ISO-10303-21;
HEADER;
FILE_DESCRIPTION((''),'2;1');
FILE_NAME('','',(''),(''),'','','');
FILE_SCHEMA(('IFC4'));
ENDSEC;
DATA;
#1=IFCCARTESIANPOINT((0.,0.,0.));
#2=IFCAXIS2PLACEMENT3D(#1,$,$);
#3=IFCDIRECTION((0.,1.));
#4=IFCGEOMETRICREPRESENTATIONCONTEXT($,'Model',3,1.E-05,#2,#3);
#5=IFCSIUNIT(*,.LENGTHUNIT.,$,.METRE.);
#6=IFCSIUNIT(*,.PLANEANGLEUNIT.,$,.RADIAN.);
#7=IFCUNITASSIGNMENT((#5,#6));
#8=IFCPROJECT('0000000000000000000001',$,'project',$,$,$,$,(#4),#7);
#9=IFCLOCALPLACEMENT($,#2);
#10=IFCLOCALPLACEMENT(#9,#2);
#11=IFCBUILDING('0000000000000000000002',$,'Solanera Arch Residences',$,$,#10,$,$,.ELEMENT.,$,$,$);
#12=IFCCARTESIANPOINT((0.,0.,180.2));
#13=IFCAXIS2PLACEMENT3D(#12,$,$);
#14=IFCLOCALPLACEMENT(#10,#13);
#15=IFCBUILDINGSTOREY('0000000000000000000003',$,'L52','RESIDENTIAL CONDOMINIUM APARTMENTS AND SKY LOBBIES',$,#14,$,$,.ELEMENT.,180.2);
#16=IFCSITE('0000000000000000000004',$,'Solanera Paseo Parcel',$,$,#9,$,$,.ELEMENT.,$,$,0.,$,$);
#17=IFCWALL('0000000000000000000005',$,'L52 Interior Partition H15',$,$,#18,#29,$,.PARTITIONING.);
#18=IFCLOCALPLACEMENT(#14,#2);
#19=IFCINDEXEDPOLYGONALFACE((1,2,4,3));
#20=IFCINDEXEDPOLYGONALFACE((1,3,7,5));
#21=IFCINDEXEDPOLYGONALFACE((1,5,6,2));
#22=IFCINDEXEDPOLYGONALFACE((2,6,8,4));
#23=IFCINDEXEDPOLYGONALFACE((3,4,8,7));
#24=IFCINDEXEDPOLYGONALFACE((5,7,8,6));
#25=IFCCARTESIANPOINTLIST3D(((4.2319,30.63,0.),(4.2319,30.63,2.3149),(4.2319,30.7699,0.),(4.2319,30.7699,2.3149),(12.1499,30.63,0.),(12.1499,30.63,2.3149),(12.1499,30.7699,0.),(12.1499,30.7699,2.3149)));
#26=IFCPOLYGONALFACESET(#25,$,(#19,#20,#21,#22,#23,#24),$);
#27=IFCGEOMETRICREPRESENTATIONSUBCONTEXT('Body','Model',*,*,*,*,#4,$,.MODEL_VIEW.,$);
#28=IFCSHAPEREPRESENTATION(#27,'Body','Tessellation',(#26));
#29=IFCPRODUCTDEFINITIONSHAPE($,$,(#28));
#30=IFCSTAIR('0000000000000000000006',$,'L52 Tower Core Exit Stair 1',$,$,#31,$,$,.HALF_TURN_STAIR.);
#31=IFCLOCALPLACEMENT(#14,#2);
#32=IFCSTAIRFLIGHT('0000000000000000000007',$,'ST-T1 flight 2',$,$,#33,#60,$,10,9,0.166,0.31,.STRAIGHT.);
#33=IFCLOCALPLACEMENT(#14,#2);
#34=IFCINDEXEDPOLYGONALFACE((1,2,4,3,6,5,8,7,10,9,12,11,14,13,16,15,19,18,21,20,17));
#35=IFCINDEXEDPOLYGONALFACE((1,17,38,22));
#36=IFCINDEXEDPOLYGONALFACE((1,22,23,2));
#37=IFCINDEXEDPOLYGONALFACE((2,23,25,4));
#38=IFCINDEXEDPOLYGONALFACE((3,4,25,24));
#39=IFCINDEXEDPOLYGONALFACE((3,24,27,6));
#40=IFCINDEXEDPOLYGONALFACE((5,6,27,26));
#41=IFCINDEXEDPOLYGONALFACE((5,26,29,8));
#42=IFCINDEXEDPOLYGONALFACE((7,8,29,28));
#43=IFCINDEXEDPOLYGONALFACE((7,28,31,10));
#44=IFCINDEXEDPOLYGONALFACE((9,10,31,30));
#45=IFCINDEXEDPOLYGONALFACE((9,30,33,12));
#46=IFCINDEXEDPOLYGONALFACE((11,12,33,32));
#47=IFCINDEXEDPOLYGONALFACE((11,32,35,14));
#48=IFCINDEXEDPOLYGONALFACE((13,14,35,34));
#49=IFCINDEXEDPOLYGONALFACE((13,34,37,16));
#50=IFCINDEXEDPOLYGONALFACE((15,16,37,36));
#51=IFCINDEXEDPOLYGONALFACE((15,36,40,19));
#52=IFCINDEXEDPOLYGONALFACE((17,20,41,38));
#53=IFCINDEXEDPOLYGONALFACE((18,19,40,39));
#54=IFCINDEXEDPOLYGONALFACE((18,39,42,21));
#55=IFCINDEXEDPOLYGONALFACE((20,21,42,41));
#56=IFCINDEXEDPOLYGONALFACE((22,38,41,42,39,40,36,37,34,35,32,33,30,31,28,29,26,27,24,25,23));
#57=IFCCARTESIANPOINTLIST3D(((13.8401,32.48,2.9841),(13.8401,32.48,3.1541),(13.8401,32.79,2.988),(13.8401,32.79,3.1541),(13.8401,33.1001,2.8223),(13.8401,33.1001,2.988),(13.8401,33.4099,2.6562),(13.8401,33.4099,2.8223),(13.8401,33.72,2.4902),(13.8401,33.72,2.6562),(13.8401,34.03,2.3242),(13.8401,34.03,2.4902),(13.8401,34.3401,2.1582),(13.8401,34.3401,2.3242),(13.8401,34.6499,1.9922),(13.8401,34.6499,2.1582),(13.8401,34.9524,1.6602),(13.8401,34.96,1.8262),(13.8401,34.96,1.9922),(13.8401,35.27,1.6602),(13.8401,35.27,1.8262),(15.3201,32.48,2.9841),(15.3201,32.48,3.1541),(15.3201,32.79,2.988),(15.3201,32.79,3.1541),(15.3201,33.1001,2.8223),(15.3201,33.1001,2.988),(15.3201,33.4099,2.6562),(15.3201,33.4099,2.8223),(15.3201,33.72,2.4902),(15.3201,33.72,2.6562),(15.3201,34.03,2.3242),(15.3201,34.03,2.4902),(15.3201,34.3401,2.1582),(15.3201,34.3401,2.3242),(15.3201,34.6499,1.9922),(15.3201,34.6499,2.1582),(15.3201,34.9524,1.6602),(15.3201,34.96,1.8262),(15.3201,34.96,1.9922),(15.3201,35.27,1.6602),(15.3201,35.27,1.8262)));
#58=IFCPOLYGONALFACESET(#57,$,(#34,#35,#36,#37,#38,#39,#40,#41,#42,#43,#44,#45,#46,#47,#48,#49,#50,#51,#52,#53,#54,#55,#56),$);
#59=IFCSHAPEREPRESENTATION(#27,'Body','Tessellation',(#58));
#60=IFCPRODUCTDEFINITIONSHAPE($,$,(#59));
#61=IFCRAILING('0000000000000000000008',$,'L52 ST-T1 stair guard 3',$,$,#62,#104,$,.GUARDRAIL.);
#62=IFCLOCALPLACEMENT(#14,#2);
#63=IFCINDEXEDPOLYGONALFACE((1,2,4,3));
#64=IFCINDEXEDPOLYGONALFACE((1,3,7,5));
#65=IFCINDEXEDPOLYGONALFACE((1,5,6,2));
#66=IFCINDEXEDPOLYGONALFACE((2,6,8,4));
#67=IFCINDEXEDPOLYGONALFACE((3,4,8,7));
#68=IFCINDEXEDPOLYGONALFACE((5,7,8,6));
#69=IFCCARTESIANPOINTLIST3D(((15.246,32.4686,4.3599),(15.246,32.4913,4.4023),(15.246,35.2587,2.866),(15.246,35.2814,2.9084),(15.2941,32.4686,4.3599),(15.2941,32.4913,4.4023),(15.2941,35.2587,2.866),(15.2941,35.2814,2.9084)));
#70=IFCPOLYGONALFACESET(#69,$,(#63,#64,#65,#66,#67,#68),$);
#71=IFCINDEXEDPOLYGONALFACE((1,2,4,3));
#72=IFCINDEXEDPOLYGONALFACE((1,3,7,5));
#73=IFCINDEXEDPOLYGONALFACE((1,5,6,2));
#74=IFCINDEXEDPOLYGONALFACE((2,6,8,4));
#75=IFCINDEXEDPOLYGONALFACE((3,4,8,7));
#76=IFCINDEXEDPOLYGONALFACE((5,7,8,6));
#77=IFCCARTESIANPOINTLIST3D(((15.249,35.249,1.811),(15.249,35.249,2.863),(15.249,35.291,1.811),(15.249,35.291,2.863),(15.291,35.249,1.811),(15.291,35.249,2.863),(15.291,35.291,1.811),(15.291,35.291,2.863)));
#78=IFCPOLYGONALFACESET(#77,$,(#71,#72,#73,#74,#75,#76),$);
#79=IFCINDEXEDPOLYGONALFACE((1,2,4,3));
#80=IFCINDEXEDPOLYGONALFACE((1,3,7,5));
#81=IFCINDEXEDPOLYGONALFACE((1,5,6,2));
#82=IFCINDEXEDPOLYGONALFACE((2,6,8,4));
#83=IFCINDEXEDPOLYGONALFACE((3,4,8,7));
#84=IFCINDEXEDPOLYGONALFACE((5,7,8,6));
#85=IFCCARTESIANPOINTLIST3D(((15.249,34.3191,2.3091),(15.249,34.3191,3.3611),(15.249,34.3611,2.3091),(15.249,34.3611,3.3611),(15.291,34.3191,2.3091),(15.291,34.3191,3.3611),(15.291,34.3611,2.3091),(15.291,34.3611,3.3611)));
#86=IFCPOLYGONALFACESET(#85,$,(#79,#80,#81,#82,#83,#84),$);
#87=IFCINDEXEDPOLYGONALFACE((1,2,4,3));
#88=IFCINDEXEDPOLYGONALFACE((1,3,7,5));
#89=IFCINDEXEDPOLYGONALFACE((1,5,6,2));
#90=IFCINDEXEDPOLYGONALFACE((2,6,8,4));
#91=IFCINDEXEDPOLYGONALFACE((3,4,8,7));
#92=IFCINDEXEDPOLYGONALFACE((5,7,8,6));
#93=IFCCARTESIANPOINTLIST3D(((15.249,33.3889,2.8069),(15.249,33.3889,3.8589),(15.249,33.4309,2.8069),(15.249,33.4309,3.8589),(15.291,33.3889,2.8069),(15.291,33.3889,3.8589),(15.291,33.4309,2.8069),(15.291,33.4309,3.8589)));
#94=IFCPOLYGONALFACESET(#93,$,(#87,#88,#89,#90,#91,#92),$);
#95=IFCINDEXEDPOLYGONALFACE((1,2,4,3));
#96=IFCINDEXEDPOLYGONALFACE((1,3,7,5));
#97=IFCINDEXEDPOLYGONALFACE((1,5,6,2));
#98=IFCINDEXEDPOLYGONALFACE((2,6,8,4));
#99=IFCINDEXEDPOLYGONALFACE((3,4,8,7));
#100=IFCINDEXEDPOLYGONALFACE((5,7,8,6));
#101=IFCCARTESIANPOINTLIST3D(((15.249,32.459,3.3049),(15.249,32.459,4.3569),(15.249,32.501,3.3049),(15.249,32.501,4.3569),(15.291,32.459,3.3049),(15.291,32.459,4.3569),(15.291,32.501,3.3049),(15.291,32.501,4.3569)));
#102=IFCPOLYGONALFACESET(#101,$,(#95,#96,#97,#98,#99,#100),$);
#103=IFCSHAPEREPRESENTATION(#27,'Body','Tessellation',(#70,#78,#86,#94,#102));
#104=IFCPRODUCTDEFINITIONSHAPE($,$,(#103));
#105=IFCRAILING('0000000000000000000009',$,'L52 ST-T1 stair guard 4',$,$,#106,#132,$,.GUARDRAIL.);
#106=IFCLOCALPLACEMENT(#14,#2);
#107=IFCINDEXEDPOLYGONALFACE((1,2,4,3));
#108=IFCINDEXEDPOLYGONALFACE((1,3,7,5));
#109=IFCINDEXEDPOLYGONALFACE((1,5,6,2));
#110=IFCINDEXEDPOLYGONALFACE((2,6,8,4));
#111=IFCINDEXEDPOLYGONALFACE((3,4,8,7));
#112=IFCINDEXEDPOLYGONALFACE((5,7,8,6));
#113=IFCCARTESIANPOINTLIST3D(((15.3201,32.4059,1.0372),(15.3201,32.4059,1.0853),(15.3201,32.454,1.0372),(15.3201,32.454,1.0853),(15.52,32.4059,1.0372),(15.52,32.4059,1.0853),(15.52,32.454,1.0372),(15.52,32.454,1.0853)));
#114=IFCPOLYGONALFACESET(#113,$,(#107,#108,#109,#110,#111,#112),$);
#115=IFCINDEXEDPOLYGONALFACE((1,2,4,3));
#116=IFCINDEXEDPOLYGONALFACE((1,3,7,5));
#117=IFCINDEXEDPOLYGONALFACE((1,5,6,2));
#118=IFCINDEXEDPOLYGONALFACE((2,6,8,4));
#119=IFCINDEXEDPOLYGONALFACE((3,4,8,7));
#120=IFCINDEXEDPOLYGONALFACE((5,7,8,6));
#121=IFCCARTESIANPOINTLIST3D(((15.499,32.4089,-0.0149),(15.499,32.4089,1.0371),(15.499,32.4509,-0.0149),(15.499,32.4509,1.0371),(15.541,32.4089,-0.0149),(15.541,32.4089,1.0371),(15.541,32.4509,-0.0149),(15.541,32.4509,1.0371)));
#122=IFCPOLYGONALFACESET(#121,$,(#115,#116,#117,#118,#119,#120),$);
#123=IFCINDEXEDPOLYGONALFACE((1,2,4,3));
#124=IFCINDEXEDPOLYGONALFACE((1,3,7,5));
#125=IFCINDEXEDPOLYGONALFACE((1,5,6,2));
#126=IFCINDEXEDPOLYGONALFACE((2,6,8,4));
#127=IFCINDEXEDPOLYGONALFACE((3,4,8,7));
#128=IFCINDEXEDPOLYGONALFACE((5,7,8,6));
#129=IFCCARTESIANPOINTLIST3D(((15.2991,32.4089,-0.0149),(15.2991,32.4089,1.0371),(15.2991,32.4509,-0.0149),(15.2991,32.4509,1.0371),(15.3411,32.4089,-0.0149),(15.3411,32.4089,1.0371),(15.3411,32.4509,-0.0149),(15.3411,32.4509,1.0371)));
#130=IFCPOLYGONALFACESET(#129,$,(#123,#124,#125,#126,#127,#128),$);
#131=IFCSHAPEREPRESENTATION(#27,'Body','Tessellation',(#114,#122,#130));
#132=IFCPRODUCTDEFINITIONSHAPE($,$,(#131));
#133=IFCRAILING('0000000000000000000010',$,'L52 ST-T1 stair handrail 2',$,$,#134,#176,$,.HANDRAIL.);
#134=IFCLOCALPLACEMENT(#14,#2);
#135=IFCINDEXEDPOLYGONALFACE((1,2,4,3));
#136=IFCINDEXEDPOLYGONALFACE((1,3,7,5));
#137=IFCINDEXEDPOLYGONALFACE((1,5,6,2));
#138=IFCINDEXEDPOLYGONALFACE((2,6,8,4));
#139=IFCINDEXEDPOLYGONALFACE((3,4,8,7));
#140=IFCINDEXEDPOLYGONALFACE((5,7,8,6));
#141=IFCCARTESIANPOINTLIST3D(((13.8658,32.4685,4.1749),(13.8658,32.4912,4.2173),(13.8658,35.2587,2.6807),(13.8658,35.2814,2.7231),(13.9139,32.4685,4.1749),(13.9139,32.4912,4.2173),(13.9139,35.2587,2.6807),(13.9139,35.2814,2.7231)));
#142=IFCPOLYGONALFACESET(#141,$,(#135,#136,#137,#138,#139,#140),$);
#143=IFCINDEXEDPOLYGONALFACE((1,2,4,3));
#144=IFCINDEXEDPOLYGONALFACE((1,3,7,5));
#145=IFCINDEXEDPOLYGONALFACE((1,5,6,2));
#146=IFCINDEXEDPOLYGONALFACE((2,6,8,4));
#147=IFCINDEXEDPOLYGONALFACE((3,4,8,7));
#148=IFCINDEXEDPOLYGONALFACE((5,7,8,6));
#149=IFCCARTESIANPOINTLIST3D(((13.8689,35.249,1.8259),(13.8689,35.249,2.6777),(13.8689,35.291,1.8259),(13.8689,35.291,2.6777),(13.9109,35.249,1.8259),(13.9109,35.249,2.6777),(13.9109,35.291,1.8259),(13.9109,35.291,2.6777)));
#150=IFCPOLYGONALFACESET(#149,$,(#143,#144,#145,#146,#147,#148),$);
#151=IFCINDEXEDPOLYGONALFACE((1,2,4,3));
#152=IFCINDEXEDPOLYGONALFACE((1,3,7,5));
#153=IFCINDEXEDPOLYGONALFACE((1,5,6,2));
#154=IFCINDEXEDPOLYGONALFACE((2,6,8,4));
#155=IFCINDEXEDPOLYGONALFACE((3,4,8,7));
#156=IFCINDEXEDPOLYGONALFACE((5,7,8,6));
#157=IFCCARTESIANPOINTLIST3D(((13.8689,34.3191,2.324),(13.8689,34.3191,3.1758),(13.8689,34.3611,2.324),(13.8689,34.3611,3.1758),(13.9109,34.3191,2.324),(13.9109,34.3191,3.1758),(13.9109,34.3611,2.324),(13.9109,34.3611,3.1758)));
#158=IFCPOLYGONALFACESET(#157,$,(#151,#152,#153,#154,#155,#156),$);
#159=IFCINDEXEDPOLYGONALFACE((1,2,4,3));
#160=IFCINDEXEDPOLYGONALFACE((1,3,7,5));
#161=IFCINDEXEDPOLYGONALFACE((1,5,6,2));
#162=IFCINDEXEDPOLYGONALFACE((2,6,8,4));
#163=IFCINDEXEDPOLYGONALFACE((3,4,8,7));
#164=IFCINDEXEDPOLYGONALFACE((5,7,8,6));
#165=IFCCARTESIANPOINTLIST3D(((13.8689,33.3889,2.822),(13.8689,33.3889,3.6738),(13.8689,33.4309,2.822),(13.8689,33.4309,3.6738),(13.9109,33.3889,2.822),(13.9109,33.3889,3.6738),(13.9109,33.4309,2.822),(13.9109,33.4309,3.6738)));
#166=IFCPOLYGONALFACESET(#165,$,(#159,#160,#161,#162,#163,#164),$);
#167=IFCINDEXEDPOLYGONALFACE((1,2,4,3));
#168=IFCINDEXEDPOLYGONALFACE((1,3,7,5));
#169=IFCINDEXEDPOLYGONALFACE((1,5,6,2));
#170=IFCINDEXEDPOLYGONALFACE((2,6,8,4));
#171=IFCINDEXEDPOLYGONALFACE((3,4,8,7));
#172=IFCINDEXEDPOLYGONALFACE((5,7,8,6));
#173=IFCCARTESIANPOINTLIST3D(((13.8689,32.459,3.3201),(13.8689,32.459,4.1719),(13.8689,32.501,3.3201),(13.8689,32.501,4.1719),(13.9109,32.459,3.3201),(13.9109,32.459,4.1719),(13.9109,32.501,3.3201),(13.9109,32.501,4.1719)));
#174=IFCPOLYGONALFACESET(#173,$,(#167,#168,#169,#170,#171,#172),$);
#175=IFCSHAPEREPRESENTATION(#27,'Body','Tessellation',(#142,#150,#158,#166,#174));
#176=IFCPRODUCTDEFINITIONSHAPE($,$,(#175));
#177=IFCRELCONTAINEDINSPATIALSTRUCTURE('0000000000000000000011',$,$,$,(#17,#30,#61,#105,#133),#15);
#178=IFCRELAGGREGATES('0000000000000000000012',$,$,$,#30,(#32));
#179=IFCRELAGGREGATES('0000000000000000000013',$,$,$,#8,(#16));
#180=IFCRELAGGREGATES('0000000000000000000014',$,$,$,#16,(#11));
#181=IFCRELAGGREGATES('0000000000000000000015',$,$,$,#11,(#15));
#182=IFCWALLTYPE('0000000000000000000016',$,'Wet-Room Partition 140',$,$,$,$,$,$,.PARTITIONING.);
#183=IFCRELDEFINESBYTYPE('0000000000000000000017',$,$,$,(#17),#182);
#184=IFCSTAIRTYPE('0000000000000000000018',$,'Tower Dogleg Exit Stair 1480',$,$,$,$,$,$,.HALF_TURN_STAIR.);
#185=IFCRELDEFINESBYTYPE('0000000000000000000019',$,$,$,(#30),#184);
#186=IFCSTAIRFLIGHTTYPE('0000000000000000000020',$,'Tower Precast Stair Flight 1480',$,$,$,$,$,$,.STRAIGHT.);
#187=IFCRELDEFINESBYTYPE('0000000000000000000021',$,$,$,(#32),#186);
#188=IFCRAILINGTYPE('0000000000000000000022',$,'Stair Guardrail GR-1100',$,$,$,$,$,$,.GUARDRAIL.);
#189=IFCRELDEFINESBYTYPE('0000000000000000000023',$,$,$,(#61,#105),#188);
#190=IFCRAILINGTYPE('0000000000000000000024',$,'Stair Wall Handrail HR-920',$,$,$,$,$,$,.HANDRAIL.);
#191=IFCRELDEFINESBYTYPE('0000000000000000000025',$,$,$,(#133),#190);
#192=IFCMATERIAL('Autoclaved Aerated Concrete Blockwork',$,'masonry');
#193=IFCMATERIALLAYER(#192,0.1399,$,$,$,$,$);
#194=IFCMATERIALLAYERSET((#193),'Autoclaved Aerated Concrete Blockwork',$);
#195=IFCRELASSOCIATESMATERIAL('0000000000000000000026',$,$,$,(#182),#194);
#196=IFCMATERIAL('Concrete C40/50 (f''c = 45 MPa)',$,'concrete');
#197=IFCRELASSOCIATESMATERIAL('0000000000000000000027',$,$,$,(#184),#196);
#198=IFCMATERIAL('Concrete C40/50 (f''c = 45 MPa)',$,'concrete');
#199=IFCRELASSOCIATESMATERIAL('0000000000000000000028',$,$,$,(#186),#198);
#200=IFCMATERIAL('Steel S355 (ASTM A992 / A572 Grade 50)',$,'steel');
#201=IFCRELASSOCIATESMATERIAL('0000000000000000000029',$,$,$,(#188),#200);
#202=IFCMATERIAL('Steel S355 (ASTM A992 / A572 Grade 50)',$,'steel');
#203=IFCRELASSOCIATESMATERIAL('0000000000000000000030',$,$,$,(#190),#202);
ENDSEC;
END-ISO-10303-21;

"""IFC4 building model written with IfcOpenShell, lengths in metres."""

from ifc_helpers import new_model, si_unit, direction, frame, frame_2d, origin, origin_2d, place, context, subcontext, project, spatial, polyline, rectangle, outline, extrude, material, layer, layer_set, type_object, element, aggregate, save


model = new_model("IFC4")

# Units and contexts
model_context = context("Model", 3, precision=1e-05, world=origin(), true_north=direction((0.0, 1.0)))
body_context = subcontext(model_context, "Body", "Model", "MODEL_VIEW")
ifc_project = project(units=[si_unit("LENGTHUNIT", "METRE"), si_unit("PLANEANGLEUNIT", "RADIAN")], contexts=[model_context])

# Site, building, storey
site_placement = place(None, origin())
site = spatial("IfcSite", under=ifc_project, at=site_placement, Name="Solanera Paseo Parcel", CompositionType="ELEMENT", RefElevation=0.0)
building_placement = place(site_placement, origin())
building = spatial("IfcBuilding", under=site, at=building_placement, Name="Solanera Arch Residences", CompositionType="ELEMENT")
storey_placement = place(building_placement, frame((0.0, 0.0, 180.2)))
storey = spatial("IfcBuildingStorey", under=building, at=storey_placement, Name="L52", Description="RESIDENTIAL CONDOMINIUM APARTMENTS AND SKY LOBBIES", CompositionType="ELEMENT", Elevation=180.2)

# Wall
ifc_material_1 = material(Name="Autoclaved Aerated Concrete Blockwork", Category="masonry")
ifc_layer_1 = layer(ifc_material_1, 0.1399)
ifc_layer_set_1 = layer_set([ifc_layer_1], Name="Autoclaved Aerated Concrete Blockwork")
wall_type_1 = type_object("IfcWallType", Name="Wet-Room Partition 140", PredefinedType="PARTITIONING", material=ifc_layer_set_1)
wall_1_placement = place(storey_placement, frame((4.2319, 30.7, 0.0), z_axis=(0.0, 0.0, 1.0), x_axis=(1.0, 0.0, 0.0)))
element("IfcWall", 1, at=wall_1_placement, inside=storey, type_object=wall_type_1, Name="L52 Interior Partition H15", PredefinedType="PARTITIONING", context=body_context, shape_type="SweptSolid", body=[
    extrude(rectangle(XDim=7.918, YDim=0.1399, at=frame_2d((3.959, 0.0))), origin(), (0.0, 0.0, 1.0), 2.3149),
])

# Stair, stair flight
ifc_material_2 = material(Name="Concrete C40/50 (f'c = 45 MPa)", Category="concrete")
stair_type = type_object("IfcStairType", Name="Tower Dogleg Exit Stair 1480", PredefinedType="HALF_TURN_STAIR", material=ifc_material_2)
stair_placement = place(storey_placement, origin())
stair = element("IfcStair", 2, at=stair_placement, inside=storey, type_object=stair_type, Name="L52 Tower Core Exit Stair 1", PredefinedType="HALF_TURN_STAIR")
ifc_material_3 = material(Name="Concrete C40/50 (f'c = 45 MPa)", Category="concrete")
stair_flight_type = type_object("IfcStairFlightType", Name="Tower Precast Stair Flight 1480", PredefinedType="STRAIGHT", material=ifc_material_3)
stair_flight_placement = place(storey_placement, frame((14.5801, 35.27, 1.6602), z_axis=(0.0, 0.0, 1.0), x_axis=(0.0, -1.0, 0.0)))
stair_flight = element("IfcStairFlight", 3, at=stair_flight_placement, type_object=stair_flight_type, Name="ST-T1 flight 2", NumberOfRisers=10, NumberOfTreads=9, PredefinedType="STRAIGHT", RiserHeight=0.166, TreadLength=0.31, context=body_context, shape_type="SweptSolid", body=[
    extrude(outline(polyline([(0.0, 0.0), (0.0, 0.166), (0.3101, 0.166), (0.3101, 0.332), (0.6201, 0.332), (0.6201, 0.498), (0.9299, 0.498), (0.9299, 0.6641), (1.24, 0.6641), (1.24, 0.8301), (1.55, 0.8301), (1.55, 0.9961), (1.8601, 0.9961), (1.8601, 1.1621), (2.1699, 1.1621), (2.1699, 1.3279), (2.48, 1.3279), (2.48, 1.4939), (2.79, 1.4939), (2.79, 1.6599), (2.79, 1.324), (0.3176, 0.0), (0.0, 0.0)])), frame((0.0, 0.74, 0.0), z_axis=(0.0, -1.0, 0.0), x_axis=(1.0, 0.0, 0.0)), (0.0, 0.0, 1.0), 1.48),
])
aggregate(stair, [stair_flight])

# Railings
ifc_material_4 = material(Name="Steel S355 (ASTM A992 / A572 Grade 50)", Category="steel")
railing_type_1 = type_object("IfcRailingType", Name="Stair Guardrail GR-1100", PredefinedType="GUARDRAIL", material=ifc_material_4)
railing_1_placement = place(storey_placement, frame((15.27, 35.27, 1.811)))
element("IfcRailing", 4, at=railing_1_placement, inside=storey, type_object=railing_type_1, Name="L52 ST-T1 stair guard 3", PredefinedType="GUARDRAIL", context=body_context, shape_type="SweptSolid", body=[
    extrude(rectangle(XDim=0.0481, YDim=0.0481, at=origin_2d()), frame((0.0, 0.0, 1.0762), z_axis=(0.0, -0.881581, 0.472033), x_axis=(1.0, 0.0, 0.0)), (0.0, 0.0, 1.0), 3.1648),
    extrude(rectangle(XDim=0.042, YDim=0.042, at=origin_2d()), origin(), (0.0, 0.0, 1.0), 1.052),
    extrude(rectangle(XDim=0.042, YDim=0.042, at=origin_2d()), frame((0.0, -0.9299, 0.498)), (0.0, 0.0, 1.0), 1.052),
    extrude(rectangle(XDim=0.042, YDim=0.042, at=origin_2d()), frame((0.0, -1.8601, 0.9958)), (0.0, 0.0, 1.0), 1.052),
    extrude(rectangle(XDim=0.042, YDim=0.042, at=origin_2d()), frame((0.0, -2.79, 1.4939)), (0.0, 0.0, 1.0), 1.052),
])
railing_2_placement = place(storey_placement, frame((15.52, 32.4299, -0.0149)))
element("IfcRailing", 5, at=railing_2_placement, inside=storey, type_object=railing_type_1, Name="L52 ST-T1 stair guard 4", PredefinedType="GUARDRAIL", context=body_context, shape_type="SweptSolid", body=[
    extrude(rectangle(XDim=0.0481, YDim=0.0481, at=origin_2d()), frame((0.0, 0.0, 1.0762), z_axis=(-1.0, 0.0, 0.0), x_axis=(0.0, -1.0, 0.0)), (0.0, 0.0, 1.0), 0.2),
    extrude(rectangle(XDim=0.042, YDim=0.042, at=origin_2d()), origin(), (0.0, 0.0, 1.0), 1.052),
    extrude(rectangle(XDim=0.042, YDim=0.042, at=origin_2d()), frame((-0.2, 0.0, 0.0)), (0.0, 0.0, 1.0), 1.052),
])
ifc_material_5 = material(Name="Steel S355 (ASTM A992 / A572 Grade 50)", Category="steel")
railing_type_2 = type_object("IfcRailingType", Name="Stair Wall Handrail HR-920", PredefinedType="HANDRAIL", material=ifc_material_5)
railing_3_placement = place(storey_placement, frame((13.8899, 35.27, 1.8259)))
element("IfcRailing", 6, at=railing_3_placement, inside=storey, type_object=railing_type_2, Name="L52 ST-T1 stair handrail 2", PredefinedType="HANDRAIL", context=body_context, shape_type="SweptSolid", body=[
    extrude(rectangle(XDim=0.0481, YDim=0.0481, at=origin_2d()), frame((0.0, 0.0, 0.876), z_axis=(0.0, -0.881549, 0.472093), x_axis=(1.0, 0.0, 0.0)), (0.0, 0.0, 1.0), 3.165),
    extrude(rectangle(XDim=0.042, YDim=0.042, at=origin_2d()), origin(), (0.0, 0.0, 1.0), 0.8518),
    extrude(rectangle(XDim=0.042, YDim=0.042, at=origin_2d()), frame((0.0, -0.9299, 0.498)), (0.0, 0.0, 1.0), 0.8518),
    extrude(rectangle(XDim=0.042, YDim=0.042, at=origin_2d()), frame((0.0, -1.8601, 0.9961)), (0.0, 0.0, 1.0), 0.8518),
    extrude(rectangle(XDim=0.042, YDim=0.042, at=origin_2d()), frame((0.0, -2.79, 1.4941)), (0.0, 0.0, 1.0), 0.8518),
])

save(model, "model.ifc")
